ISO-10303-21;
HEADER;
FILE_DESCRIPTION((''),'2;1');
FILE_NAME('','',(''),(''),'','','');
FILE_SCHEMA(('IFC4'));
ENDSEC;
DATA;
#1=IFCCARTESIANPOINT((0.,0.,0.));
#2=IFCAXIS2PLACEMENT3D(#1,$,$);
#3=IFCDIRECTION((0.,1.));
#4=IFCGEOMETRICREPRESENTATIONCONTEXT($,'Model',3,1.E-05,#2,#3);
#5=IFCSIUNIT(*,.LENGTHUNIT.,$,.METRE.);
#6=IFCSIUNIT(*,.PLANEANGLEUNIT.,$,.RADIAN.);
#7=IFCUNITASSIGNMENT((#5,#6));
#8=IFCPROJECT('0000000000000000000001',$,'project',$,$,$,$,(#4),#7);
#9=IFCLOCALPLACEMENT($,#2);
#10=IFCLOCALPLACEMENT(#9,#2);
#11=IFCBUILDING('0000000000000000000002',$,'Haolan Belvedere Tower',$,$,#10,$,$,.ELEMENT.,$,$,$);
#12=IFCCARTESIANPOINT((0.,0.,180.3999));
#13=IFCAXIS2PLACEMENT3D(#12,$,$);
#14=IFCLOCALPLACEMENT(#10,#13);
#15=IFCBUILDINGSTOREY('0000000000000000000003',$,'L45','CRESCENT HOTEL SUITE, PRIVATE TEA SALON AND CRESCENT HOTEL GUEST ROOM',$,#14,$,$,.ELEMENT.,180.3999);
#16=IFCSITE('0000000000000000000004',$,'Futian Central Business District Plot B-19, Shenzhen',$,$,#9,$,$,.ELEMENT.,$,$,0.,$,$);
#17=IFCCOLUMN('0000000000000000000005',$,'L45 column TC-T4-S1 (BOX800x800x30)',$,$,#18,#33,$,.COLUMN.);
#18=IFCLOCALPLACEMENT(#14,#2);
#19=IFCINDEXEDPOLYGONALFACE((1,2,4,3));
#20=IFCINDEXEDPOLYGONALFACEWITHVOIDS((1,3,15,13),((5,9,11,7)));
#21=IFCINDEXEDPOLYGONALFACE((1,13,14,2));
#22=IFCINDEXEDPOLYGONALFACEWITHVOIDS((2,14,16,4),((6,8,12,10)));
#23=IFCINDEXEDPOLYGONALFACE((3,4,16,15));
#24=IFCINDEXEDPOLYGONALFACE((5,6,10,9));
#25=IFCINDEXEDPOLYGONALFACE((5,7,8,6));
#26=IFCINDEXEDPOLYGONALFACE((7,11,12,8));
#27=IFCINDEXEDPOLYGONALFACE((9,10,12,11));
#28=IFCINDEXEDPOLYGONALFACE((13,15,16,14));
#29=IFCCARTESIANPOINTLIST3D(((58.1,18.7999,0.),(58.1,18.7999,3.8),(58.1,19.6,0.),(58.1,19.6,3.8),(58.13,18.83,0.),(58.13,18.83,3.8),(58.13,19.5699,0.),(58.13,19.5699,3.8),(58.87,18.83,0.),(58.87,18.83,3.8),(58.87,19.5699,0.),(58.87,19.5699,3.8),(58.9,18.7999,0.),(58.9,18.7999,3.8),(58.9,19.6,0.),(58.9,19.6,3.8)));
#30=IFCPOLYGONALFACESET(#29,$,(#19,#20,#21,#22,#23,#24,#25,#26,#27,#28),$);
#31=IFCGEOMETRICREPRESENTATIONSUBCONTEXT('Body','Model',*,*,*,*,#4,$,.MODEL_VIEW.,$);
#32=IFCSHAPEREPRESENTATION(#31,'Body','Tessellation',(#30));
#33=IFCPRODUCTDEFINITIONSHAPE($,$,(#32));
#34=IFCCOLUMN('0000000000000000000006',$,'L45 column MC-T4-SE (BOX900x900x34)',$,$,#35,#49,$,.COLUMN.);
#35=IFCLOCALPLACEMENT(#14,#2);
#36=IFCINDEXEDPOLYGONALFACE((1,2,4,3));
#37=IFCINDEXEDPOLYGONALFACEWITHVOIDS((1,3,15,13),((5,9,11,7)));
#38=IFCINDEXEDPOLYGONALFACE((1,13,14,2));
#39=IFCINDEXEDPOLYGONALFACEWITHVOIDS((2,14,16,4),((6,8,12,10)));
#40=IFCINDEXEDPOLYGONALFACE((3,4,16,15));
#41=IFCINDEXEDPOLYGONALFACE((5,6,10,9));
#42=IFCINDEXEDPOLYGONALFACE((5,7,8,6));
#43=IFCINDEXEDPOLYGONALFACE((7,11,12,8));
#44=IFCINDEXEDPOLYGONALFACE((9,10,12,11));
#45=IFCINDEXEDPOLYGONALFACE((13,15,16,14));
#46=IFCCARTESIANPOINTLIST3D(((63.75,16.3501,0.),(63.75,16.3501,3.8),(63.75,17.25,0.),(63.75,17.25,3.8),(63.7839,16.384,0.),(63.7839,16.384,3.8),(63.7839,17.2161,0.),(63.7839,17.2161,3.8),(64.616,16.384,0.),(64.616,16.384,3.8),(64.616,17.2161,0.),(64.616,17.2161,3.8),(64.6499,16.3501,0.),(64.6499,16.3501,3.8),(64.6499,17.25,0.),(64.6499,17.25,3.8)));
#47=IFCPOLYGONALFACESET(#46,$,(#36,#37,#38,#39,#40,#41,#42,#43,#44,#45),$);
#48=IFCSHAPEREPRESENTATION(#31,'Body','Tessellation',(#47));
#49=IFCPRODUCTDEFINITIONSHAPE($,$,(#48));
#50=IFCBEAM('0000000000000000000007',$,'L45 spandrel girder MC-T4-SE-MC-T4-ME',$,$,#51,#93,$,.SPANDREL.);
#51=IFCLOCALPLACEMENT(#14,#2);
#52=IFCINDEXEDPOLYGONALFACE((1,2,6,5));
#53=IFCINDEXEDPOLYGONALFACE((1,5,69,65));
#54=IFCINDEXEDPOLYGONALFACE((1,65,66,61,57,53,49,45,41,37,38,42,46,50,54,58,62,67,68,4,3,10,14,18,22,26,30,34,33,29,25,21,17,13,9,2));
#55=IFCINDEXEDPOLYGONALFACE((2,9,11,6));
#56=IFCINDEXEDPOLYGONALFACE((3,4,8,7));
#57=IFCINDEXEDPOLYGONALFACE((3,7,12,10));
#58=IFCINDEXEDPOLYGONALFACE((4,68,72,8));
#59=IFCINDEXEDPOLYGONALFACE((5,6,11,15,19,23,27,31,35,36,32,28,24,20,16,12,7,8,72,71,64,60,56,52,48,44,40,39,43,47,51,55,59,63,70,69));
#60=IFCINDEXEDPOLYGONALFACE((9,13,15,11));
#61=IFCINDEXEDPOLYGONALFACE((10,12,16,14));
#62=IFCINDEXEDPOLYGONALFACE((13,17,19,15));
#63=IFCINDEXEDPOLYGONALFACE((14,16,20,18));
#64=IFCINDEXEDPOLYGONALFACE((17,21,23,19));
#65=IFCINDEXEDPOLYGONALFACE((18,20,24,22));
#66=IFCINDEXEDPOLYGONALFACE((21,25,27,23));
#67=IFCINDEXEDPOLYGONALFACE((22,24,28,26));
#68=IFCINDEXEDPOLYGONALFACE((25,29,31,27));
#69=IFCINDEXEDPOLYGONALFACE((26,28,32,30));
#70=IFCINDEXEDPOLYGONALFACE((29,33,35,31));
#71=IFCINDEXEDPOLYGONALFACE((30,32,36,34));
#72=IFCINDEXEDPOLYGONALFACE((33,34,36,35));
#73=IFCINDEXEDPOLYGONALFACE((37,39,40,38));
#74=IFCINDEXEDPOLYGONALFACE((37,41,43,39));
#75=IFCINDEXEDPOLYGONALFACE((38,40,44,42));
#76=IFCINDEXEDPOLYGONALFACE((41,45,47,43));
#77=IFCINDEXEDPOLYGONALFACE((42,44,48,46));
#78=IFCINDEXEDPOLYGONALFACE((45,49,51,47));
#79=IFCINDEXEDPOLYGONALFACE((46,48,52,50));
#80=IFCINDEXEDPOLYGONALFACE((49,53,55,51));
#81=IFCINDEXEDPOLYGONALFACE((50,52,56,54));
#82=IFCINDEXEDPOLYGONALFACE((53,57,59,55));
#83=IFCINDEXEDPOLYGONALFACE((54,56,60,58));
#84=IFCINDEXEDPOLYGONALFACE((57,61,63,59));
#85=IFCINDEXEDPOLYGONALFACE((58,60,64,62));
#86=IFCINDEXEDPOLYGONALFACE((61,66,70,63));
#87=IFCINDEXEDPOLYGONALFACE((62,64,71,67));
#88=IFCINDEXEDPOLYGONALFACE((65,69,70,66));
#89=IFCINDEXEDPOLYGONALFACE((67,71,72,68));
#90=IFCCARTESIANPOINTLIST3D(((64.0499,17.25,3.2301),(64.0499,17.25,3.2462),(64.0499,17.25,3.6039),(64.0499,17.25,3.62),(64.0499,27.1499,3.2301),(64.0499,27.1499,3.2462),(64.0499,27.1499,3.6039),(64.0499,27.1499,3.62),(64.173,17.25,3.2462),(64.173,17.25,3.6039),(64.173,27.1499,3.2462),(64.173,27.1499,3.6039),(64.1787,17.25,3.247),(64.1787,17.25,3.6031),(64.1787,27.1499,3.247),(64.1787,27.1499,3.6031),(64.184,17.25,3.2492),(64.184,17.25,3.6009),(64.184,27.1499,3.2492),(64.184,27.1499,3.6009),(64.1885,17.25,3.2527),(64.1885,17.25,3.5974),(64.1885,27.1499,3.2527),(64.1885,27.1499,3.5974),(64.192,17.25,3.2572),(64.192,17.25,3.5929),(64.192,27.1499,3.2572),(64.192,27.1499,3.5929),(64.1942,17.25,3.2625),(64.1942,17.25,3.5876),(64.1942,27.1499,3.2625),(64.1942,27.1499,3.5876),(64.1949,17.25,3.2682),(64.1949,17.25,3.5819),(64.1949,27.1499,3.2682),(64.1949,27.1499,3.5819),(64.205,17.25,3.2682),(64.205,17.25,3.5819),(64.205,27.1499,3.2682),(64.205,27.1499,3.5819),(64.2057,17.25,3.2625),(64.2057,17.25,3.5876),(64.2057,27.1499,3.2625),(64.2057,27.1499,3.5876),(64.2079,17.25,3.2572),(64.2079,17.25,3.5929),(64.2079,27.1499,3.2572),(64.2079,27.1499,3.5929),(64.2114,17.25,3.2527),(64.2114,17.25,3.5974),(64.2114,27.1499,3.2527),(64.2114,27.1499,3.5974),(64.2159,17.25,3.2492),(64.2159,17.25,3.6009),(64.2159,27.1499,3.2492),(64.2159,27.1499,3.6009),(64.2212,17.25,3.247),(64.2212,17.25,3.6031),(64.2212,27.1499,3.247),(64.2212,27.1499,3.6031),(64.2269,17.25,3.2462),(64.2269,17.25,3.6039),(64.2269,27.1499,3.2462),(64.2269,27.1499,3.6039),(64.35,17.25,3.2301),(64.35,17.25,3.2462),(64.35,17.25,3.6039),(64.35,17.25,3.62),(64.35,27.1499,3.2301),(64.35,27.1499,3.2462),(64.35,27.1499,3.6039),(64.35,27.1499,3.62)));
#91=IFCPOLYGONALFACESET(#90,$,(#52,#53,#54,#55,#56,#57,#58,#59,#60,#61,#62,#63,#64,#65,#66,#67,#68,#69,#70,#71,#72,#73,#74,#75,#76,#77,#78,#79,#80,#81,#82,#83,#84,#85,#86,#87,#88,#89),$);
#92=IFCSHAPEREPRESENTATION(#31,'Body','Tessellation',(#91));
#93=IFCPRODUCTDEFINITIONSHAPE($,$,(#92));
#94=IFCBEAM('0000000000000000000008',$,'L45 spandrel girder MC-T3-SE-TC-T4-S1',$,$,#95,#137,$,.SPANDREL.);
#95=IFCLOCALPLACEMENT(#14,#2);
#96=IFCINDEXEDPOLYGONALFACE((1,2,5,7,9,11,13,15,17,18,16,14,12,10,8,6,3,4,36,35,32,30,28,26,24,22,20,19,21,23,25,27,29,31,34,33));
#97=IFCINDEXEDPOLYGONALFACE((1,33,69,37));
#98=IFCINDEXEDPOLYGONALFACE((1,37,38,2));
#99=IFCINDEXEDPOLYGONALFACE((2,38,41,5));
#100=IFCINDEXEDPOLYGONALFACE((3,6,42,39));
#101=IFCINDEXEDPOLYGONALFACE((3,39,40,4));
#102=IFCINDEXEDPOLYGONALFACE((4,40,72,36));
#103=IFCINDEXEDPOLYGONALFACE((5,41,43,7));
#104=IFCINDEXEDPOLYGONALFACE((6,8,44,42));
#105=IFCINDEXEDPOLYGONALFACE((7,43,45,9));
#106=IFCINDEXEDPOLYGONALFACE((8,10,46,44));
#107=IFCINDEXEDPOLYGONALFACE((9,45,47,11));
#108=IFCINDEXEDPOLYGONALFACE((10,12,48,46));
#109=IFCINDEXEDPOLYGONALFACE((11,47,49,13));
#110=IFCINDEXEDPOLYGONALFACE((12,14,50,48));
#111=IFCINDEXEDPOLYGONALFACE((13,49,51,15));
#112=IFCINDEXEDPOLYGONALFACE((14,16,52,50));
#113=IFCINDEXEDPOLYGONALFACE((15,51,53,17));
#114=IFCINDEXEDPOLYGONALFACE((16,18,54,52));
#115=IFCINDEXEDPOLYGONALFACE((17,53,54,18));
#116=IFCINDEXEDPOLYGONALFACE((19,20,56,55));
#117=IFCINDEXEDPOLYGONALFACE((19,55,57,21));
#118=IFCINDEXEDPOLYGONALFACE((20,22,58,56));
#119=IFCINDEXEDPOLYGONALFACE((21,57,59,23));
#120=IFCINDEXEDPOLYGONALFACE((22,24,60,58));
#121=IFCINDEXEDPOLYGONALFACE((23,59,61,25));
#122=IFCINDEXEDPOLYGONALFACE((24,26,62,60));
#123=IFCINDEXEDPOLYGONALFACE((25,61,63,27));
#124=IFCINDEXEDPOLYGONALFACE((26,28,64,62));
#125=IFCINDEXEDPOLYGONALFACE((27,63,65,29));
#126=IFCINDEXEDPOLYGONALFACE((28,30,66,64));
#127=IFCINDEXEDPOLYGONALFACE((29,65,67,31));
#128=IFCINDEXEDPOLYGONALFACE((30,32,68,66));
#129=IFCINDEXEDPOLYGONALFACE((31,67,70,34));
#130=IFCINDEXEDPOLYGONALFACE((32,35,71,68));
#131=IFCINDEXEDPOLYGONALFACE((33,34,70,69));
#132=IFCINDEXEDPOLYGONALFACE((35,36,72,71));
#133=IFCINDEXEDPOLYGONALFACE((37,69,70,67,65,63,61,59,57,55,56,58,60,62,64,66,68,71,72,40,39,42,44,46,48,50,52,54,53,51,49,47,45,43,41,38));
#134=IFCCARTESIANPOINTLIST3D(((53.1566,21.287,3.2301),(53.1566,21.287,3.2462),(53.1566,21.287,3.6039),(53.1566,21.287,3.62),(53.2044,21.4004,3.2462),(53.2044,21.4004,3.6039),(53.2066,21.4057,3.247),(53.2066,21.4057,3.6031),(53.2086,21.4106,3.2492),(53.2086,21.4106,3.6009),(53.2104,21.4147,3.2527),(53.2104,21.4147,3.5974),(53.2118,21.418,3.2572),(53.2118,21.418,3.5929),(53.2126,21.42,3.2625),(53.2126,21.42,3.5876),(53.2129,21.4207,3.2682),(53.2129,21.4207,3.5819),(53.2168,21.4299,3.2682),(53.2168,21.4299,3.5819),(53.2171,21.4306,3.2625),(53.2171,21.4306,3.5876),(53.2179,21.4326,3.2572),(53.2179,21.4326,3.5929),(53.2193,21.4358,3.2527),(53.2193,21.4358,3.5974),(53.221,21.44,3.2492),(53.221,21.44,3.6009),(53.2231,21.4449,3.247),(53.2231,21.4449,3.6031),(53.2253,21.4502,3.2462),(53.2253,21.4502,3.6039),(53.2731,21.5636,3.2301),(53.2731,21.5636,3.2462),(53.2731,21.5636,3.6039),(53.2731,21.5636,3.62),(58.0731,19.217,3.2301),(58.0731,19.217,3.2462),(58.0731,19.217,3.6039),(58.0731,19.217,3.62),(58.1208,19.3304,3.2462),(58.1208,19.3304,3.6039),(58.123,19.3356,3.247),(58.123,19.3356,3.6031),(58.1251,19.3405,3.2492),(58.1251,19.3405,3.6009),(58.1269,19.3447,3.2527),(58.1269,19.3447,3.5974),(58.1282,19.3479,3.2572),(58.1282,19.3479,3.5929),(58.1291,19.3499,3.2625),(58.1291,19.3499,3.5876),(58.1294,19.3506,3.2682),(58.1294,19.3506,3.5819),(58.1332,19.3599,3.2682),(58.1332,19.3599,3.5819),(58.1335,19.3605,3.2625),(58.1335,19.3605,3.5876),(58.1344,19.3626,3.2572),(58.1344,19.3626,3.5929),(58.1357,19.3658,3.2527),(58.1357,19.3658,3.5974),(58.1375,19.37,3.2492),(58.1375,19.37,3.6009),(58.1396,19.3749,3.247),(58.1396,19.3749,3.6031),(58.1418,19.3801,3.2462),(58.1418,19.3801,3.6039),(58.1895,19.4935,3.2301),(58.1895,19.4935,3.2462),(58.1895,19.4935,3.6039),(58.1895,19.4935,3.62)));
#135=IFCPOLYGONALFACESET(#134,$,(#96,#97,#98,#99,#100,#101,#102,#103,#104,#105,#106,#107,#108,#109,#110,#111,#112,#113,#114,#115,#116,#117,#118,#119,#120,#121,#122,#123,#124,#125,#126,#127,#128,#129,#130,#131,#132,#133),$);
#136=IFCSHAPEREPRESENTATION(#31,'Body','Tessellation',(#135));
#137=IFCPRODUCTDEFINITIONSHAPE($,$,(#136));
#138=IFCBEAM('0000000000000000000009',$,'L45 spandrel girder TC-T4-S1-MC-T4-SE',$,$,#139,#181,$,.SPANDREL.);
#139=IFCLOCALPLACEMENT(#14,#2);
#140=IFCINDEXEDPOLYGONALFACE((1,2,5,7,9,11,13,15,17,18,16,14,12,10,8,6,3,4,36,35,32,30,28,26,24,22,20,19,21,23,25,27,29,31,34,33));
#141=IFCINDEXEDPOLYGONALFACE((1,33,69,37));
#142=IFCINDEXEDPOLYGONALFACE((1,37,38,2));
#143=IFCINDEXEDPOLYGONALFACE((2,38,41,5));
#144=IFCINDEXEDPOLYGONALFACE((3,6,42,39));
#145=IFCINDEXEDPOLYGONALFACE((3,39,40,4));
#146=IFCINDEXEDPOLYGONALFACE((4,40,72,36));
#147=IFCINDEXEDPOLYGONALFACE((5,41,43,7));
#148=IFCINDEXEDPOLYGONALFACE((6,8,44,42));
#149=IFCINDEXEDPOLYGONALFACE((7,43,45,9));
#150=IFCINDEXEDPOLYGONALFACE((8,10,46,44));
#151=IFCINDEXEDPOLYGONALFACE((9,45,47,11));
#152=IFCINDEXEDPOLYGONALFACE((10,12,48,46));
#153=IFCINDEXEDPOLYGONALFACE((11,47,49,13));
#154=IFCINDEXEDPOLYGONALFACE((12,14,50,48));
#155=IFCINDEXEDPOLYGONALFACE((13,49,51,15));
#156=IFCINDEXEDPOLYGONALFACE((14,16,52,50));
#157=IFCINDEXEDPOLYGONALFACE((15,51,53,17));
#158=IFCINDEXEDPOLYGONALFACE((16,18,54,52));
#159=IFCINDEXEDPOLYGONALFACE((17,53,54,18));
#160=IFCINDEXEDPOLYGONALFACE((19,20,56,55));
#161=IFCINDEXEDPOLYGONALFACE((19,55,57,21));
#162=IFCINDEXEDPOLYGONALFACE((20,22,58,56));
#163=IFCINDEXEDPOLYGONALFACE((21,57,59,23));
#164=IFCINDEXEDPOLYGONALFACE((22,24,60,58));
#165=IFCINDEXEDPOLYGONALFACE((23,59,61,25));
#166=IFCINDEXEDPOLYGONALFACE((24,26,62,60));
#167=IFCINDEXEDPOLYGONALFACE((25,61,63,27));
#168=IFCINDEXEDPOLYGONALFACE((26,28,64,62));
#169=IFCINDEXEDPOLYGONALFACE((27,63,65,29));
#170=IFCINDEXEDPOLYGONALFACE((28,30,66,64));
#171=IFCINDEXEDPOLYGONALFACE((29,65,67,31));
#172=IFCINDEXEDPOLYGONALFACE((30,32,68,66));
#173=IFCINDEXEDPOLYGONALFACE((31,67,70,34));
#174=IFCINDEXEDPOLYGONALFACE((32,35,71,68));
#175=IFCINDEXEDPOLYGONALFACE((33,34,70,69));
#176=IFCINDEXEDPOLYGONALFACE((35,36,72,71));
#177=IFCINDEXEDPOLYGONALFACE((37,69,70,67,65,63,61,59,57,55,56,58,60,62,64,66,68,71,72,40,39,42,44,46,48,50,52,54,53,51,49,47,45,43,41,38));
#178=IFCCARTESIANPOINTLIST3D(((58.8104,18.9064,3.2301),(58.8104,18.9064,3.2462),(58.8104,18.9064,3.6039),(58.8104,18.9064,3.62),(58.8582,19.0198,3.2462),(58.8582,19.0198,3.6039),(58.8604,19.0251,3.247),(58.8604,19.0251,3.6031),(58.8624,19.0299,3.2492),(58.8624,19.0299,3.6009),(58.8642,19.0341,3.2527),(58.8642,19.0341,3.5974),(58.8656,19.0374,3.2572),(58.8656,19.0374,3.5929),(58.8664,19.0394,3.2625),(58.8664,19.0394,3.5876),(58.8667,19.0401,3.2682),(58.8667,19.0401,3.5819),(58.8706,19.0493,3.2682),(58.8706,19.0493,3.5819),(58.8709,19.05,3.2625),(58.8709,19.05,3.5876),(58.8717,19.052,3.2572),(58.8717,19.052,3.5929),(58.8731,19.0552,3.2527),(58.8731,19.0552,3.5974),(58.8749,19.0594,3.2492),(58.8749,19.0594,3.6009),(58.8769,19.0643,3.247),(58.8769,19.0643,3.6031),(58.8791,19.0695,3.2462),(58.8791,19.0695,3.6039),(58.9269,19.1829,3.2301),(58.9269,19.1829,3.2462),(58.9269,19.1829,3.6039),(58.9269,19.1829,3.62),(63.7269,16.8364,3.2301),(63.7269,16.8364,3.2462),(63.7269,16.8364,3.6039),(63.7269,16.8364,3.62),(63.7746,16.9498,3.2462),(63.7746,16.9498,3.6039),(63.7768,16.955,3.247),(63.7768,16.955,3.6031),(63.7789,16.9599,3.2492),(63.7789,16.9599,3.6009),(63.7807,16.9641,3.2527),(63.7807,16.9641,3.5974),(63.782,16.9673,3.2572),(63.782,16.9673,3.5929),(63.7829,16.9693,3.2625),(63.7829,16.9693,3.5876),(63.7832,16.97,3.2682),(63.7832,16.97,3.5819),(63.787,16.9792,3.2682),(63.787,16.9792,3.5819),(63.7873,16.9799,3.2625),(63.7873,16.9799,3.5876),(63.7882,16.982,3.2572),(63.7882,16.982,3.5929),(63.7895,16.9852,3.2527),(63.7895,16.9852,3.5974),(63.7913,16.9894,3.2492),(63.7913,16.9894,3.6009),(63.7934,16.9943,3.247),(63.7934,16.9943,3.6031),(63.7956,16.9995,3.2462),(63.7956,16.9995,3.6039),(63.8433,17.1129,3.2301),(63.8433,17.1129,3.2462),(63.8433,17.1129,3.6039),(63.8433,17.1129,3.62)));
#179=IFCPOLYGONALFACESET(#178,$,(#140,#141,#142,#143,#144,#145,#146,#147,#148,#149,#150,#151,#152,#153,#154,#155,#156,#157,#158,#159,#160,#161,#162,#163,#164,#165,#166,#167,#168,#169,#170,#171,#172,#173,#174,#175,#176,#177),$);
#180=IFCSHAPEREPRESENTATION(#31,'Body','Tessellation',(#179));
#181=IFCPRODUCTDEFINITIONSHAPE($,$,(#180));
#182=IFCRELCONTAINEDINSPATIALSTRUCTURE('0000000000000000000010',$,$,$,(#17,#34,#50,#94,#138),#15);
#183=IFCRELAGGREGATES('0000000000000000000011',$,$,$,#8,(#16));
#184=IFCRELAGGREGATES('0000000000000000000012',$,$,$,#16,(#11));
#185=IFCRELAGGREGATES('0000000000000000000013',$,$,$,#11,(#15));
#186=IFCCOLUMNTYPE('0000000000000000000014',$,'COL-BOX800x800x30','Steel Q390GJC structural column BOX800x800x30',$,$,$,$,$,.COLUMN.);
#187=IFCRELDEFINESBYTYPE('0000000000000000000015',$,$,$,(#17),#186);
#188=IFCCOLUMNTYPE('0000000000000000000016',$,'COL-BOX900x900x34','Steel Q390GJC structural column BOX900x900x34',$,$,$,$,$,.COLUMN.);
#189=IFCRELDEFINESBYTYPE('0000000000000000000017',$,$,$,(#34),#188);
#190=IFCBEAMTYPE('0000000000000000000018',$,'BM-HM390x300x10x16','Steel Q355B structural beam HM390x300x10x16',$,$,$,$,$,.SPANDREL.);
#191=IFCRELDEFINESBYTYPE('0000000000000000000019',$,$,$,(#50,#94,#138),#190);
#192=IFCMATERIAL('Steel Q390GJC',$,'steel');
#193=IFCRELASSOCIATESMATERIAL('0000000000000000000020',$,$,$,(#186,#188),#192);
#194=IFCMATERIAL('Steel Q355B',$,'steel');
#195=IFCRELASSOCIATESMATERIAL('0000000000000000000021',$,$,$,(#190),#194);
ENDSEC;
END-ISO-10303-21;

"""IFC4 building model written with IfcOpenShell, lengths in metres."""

from ifc_helpers import new_model, si_unit, direction, frame, origin, origin_2d, place, context, subcontext, project, spatial, hollow_rectangle, i_section, extrude, material, material_profile, profile_set, type_object, element, save


model = new_model("IFC4")

# Units and contexts
model_context = context("Model", 3, precision=1e-05, world=origin(), true_north=direction((0.0, 1.0)))
body_context = subcontext(model_context, "Body", "Model", "MODEL_VIEW")
ifc_project = project(units=[si_unit("LENGTHUNIT", "METRE"), si_unit("PLANEANGLEUNIT", "RADIAN")], contexts=[model_context])

# Site, building, storey
site_placement = place(None, origin())
site = spatial("IfcSite", under=ifc_project, at=site_placement, Name="Futian Central Business District Plot B-19, Shenzhen", CompositionType="ELEMENT", RefElevation=0.0)
building_placement = place(site_placement, origin())
building = spatial("IfcBuilding", under=site, at=building_placement, Name="Haolan Belvedere Tower", CompositionType="ELEMENT")
storey_placement = place(building_placement, frame((0.0, 0.0, 180.3999)))
storey = spatial("IfcBuildingStorey", under=building, at=storey_placement, Name="L45", Description="CRESCENT HOTEL SUITE, PRIVATE TEA SALON AND CRESCENT HOTEL GUEST ROOM", CompositionType="ELEMENT", Elevation=180.3999)

# Columns
ifc_material_1 = material(Name="Steel Q390GJC", Category="steel")
ifc_material_profile_1 = material_profile(ifc_material_1, hollow_rectangle(XDim=0.8, YDim=0.8, WallThickness=0.03, at=origin_2d()), Name="Steel Q390GJC")
ifc_profile_set_1 = profile_set([ifc_material_profile_1], Name="Steel Q390GJC")
column_type_1 = type_object("IfcColumnType", Name="COL-BOX800x800x30", Description="Steel Q390GJC structural column BOX800x800x30", PredefinedType="COLUMN", material=ifc_profile_set_1)
column_1_placement = place(storey_placement, frame((58.5, 19.2, 0.0), z_axis=(0.0, 0.0, 1.0), x_axis=(1.0, 0.0, 0.0)))
element("IfcColumn", 1, at=column_1_placement, inside=storey, type_object=column_type_1, Name="L45 column TC-T4-S1 (BOX800x800x30)", PredefinedType="COLUMN", context=body_context, shape_type="SweptSolid", body=[
    extrude(hollow_rectangle(XDim=0.8, YDim=0.8, WallThickness=0.03, at=origin_2d()), origin(), (0.0, 0.0, 1.0), 3.8),
])
ifc_material_profile_2 = material_profile(ifc_material_1, hollow_rectangle(XDim=0.8999, YDim=0.8999, WallThickness=0.0339, at=origin_2d()), Name="Steel Q390GJC")
ifc_profile_set_2 = profile_set([ifc_material_profile_2], Name="Steel Q390GJC")
column_type_2 = type_object("IfcColumnType", Name="COL-BOX900x900x34", Description="Steel Q390GJC structural column BOX900x900x34", PredefinedType="COLUMN", material=ifc_profile_set_2)
column_2_placement = place(storey_placement, frame((64.2, 16.8, 0.0), z_axis=(0.0, 0.0, 1.0), x_axis=(1.0, 0.0, 0.0)))
element("IfcColumn", 2, at=column_2_placement, inside=storey, type_object=column_type_2, Name="L45 column MC-T4-SE (BOX900x900x34)", PredefinedType="COLUMN", context=body_context, shape_type="SweptSolid", body=[
    extrude(hollow_rectangle(XDim=0.8999, YDim=0.8999, WallThickness=0.0339, at=origin_2d()), origin(), (0.0, 0.0, 1.0), 3.8),
])

# Beams
ifc_material_2 = material(Name="Steel Q355B", Category="steel")
ifc_material_profile_3 = material_profile(ifc_material_2, i_section(OverallWidth=0.3, OverallDepth=0.3899, WebThickness=0.01, FlangeThickness=0.0161, FilletRadius=0.022, at=origin_2d()), Name="Steel Q355B")
ifc_profile_set_3 = profile_set([ifc_material_profile_3], Name="Steel Q355B")
beam_type_1 = type_object("IfcBeamType", Name="BM-HM390x300x10x16", Description="Steel Q355B structural beam HM390x300x10x16", PredefinedType="SPANDREL", material=ifc_profile_set_3)
beam_1_placement = place(storey_placement, frame((64.2, 17.25, 3.425), z_axis=(0.0, 1.0, 0.0), x_axis=(-1.0, 0.0, 0.0)))
element("IfcBeam", 3, at=beam_1_placement, inside=storey, type_object=beam_type_1, Name="L45 spandrel girder MC-T4-SE-MC-T4-ME", PredefinedType="SPANDREL", context=body_context, shape_type="SweptSolid", body=[
    extrude(i_section(OverallWidth=0.3, OverallDepth=0.3899, WebThickness=0.01, FlangeThickness=0.0161, FilletRadius=0.022, at=origin_2d()), origin(), (0.0, 0.0, 1.0), 9.8999),
])
for number, where, z_axis, x_axis, name in (
    (4, (53.2148, 21.4253, 3.425), (0.921638, -0.388051, 0.0), (0.388051, 0.921638, 0.0), "L45 spandrel girder MC-T3-SE-TC-T4-S1"),
    (5, (58.8687, 19.0447, 3.425), (0.921638, -0.388051, 0.0), (0.388051, 0.921638, 0.0), "L45 spandrel girder TC-T4-S1-MC-T4-SE"),
):
    element("IfcBeam", number, at=place(storey_placement, frame(where, z_axis=z_axis, x_axis=x_axis)), inside=storey, type_object=beam_type_1, Name=name, PredefinedType="SPANDREL", context=body_context, shape_type="SweptSolid", body=[
        extrude(i_section(OverallWidth=0.3, OverallDepth=0.3899, WebThickness=0.01, FlangeThickness=0.0161, FilletRadius=0.022, at=origin_2d()), origin(), (0.0, 0.0, 1.0), 5.3345),
    ])

save(model, "model.ifc")
